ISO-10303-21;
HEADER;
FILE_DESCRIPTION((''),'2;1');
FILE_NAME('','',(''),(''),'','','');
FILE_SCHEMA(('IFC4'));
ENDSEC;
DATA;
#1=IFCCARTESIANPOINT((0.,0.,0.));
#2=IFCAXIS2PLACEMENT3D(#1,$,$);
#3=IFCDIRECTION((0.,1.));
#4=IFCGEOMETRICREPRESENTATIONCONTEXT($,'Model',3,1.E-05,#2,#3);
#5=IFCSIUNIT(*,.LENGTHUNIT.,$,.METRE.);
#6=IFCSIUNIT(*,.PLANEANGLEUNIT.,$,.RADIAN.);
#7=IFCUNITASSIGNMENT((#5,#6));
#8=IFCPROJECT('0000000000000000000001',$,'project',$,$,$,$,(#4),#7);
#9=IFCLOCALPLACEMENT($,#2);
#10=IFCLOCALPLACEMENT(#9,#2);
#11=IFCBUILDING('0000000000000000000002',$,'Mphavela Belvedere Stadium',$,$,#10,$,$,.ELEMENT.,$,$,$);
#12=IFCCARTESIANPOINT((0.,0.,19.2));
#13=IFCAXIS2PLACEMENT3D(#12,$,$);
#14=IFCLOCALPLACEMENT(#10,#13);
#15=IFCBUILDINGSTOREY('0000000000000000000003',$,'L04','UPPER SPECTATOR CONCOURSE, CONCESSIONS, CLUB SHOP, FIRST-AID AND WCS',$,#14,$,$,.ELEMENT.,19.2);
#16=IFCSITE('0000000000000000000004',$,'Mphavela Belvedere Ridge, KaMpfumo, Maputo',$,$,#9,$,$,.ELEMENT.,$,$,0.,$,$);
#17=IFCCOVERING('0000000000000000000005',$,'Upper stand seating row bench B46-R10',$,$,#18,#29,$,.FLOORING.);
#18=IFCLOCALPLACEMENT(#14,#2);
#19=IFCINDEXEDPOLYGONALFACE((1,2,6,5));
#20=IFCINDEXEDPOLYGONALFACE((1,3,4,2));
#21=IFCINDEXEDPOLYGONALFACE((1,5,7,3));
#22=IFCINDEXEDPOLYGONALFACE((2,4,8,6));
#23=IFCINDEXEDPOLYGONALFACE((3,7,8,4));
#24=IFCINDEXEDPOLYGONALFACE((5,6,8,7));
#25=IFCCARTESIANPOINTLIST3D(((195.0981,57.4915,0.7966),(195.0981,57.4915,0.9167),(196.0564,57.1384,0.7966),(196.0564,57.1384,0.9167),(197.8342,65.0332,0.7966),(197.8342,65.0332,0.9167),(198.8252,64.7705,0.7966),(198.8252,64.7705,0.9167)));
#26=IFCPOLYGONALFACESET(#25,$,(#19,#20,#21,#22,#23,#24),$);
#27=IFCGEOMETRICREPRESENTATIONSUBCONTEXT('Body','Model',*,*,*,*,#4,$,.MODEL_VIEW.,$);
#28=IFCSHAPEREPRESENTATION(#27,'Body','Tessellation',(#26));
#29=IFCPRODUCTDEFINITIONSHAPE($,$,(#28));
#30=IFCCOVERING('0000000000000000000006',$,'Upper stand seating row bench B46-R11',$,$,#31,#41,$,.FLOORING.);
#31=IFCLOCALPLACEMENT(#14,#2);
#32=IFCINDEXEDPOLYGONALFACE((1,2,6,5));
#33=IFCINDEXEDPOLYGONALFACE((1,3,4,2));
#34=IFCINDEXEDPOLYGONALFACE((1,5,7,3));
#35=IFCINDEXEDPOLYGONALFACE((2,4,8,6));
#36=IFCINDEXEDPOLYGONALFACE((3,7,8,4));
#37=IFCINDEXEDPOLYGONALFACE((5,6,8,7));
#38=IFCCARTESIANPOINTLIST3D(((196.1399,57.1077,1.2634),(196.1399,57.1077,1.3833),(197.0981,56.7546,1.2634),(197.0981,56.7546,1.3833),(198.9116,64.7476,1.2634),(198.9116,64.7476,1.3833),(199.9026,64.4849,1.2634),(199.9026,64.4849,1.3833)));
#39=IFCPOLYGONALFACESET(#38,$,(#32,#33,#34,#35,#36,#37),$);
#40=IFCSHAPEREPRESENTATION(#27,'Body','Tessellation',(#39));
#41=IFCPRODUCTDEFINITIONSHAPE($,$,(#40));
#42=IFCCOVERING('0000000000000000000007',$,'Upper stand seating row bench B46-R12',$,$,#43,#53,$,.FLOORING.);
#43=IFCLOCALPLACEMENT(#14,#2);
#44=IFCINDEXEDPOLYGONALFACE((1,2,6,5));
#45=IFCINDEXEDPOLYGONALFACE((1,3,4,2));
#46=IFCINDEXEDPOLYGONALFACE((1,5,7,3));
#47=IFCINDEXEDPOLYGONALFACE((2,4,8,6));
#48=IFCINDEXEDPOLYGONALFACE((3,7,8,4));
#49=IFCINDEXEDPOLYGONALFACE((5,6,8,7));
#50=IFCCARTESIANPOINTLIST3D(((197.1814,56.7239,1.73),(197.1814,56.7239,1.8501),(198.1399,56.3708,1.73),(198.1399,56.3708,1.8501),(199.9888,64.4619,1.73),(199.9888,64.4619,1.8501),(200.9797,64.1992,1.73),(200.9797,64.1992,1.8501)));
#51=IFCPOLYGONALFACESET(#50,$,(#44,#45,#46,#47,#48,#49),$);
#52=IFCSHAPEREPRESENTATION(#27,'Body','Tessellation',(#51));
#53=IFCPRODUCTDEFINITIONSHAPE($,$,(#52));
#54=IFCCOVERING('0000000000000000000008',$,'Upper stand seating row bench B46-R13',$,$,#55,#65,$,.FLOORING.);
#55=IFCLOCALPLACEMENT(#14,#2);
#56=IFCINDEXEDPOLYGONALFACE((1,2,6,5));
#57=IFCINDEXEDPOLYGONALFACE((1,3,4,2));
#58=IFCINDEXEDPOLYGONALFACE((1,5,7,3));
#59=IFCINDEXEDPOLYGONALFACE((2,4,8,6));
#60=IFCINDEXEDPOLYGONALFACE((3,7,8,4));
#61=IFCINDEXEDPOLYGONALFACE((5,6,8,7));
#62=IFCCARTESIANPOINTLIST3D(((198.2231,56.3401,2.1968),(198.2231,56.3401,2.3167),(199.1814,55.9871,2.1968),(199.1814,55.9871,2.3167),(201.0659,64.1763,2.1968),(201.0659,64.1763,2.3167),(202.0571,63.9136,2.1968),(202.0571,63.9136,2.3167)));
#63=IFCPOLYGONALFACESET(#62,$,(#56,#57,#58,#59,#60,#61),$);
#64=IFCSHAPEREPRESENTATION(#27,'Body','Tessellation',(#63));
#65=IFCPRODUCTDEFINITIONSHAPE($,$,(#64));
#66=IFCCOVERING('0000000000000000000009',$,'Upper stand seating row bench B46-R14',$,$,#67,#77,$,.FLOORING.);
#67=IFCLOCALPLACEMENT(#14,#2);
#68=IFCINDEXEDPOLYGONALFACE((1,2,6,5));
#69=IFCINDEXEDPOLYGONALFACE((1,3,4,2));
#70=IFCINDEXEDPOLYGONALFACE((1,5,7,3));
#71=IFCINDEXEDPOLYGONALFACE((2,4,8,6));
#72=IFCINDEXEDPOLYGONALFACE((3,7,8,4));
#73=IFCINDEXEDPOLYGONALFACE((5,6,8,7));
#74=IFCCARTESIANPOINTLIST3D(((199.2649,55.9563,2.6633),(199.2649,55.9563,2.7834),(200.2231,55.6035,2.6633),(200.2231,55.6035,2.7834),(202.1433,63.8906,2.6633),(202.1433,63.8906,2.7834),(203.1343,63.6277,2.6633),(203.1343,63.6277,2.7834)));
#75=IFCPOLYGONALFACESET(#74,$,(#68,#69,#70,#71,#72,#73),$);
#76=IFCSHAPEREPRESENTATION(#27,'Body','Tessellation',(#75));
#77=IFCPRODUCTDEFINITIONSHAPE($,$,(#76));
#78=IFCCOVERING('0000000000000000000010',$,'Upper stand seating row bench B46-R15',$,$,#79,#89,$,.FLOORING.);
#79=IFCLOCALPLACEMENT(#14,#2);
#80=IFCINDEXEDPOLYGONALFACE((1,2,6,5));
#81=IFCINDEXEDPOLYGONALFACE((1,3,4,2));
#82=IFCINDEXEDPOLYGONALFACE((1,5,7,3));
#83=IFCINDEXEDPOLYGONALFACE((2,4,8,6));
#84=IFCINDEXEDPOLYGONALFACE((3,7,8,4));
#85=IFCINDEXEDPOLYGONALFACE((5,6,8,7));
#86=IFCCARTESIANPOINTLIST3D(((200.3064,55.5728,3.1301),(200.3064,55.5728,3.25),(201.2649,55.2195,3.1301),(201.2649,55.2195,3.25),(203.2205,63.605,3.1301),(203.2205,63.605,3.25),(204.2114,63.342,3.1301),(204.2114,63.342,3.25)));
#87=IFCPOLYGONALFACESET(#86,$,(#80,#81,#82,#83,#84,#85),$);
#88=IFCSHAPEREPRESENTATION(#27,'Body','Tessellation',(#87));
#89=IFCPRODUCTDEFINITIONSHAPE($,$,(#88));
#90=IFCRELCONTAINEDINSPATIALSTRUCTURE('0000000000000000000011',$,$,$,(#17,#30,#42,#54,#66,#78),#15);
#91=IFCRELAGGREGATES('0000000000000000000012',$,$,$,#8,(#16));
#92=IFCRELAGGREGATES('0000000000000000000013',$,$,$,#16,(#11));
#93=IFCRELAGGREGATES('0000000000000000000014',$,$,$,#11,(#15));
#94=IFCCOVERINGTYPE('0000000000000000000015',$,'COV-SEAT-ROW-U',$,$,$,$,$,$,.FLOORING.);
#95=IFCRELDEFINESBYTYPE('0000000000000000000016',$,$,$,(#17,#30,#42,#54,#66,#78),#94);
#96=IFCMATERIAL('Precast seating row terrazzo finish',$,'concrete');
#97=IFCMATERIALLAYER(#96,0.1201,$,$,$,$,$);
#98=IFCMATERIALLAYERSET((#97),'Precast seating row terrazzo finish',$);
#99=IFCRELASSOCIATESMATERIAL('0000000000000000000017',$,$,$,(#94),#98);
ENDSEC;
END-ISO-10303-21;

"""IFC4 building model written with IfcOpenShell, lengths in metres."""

from ifc_helpers import new_model, si_unit, direction, frame, origin, place, context, subcontext, project, spatial, polyline, outline, extrude, material, layer, layer_set, type_object, element, save


model = new_model("IFC4")

# Units and contexts
model_context = context("Model", 3, precision=1e-05, world=origin(), true_north=direction((0.0, 1.0)))
body_context = subcontext(model_context, "Body", "Model", "MODEL_VIEW")
ifc_project = project(units=[si_unit("LENGTHUNIT", "METRE"), si_unit("PLANEANGLEUNIT", "RADIAN")], contexts=[model_context])

# Site, building, storey
site_placement = place(None, origin())
site = spatial("IfcSite", under=ifc_project, at=site_placement, Name="Mphavela Belvedere Ridge, KaMpfumo, Maputo", CompositionType="ELEMENT", RefElevation=0.0)
building_placement = place(site_placement, origin())
building = spatial("IfcBuilding", under=site, at=building_placement, Name="Mphavela Belvedere Stadium", CompositionType="ELEMENT")
storey_placement = place(building_placement, frame((0.0, 0.0, 19.2)))
storey = spatial("IfcBuildingStorey", under=building, at=storey_placement, Name="L04", Description="UPPER SPECTATOR CONCOURSE, CONCESSIONS, CLUB SHOP, FIRST-AID AND WCS", CompositionType="ELEMENT", Elevation=19.2)

# Coverings
ifc_material_1 = material(Name="Precast seating row terrazzo finish", Category="concrete")
ifc_layer_1 = layer(ifc_material_1, 0.1201)
ifc_layer_set_1 = layer_set([ifc_layer_1], Name="Precast seating row terrazzo finish")
covering_type = type_object("IfcCoveringType", Name="COV-SEAT-ROW-U", PredefinedType="FLOORING", material=ifc_layer_set_1)
covering_1_placement = place(storey_placement, frame((0.0, 0.0, 0.7966)))
element("IfcCovering", 1, at=covering_1_placement, inside=storey, type_object=covering_type, Name="Upper stand seating row bench B46-R10", PredefinedType="FLOORING", context=body_context, shape_type="SweptSolid", body=[
    extrude(outline(polyline([(195.0981, 57.4915), (197.8342, 65.0332), (198.8252, 64.7705), (196.0564, 57.1384), (195.0981, 57.4915)])), origin(), (0.0, 0.0, 1.0), 0.1201),
])
covering_2_placement = place(storey_placement, frame((0.0, 0.0, 1.2634)))
element("IfcCovering", 2, at=covering_2_placement, inside=storey, type_object=covering_type, Name="Upper stand seating row bench B46-R11", PredefinedType="FLOORING", context=body_context, shape_type="SweptSolid", body=[
    extrude(outline(polyline([(196.1399, 57.1077), (198.9116, 64.7476), (199.9026, 64.4849), (197.0981, 56.7546), (196.1399, 57.1077)])), origin(), (0.0, 0.0, 1.0), 0.1199),
])
covering_3_placement = place(storey_placement, frame((0.0, 0.0, 1.73)))
element("IfcCovering", 3, at=covering_3_placement, inside=storey, type_object=covering_type, Name="Upper stand seating row bench B46-R12", PredefinedType="FLOORING", context=body_context, shape_type="SweptSolid", body=[
    extrude(outline(polyline([(197.1814, 56.7239), (199.9888, 64.4619), (200.9797, 64.1992), (198.1399, 56.3708), (197.1814, 56.7239)])), origin(), (0.0, 0.0, 1.0), 0.1201),
])
covering_4_placement = place(storey_placement, frame((0.0, 0.0, 2.1968)))
element("IfcCovering", 4, at=covering_4_placement, inside=storey, type_object=covering_type, Name="Upper stand seating row bench B46-R13", PredefinedType="FLOORING", context=body_context, shape_type="SweptSolid", body=[
    extrude(outline(polyline([(198.2231, 56.3401), (201.0659, 64.1763), (202.0571, 63.9136), (199.1814, 55.9871), (198.2231, 56.3401)])), origin(), (0.0, 0.0, 1.0), 0.1199),
])
covering_5_placement = place(storey_placement, frame((0.0, 0.0, 2.6633)))
element("IfcCovering", 5, at=covering_5_placement, inside=storey, type_object=covering_type, Name="Upper stand seating row bench B46-R14", PredefinedType="FLOORING", context=body_context, shape_type="SweptSolid", body=[
    extrude(outline(polyline([(199.2649, 55.9563), (202.1433, 63.8906), (203.1343, 63.6277), (200.2231, 55.6035), (199.2649, 55.9563)])), origin(), (0.0, 0.0, 1.0), 0.1201),
])
covering_6_placement = place(storey_placement, frame((0.0, 0.0, 3.1301)))
element("IfcCovering", 6, at=covering_6_placement, inside=storey, type_object=covering_type, Name="Upper stand seating row bench B46-R15", PredefinedType="FLOORING", context=body_context, shape_type="SweptSolid", body=[
    extrude(outline(polyline([(200.3064, 55.5728), (203.2205, 63.605), (204.2114, 63.342), (201.2649, 55.2195), (200.3064, 55.5728)])), origin(), (0.0, 0.0, 1.0), 0.1199),
])

save(model, "model.ifc")
